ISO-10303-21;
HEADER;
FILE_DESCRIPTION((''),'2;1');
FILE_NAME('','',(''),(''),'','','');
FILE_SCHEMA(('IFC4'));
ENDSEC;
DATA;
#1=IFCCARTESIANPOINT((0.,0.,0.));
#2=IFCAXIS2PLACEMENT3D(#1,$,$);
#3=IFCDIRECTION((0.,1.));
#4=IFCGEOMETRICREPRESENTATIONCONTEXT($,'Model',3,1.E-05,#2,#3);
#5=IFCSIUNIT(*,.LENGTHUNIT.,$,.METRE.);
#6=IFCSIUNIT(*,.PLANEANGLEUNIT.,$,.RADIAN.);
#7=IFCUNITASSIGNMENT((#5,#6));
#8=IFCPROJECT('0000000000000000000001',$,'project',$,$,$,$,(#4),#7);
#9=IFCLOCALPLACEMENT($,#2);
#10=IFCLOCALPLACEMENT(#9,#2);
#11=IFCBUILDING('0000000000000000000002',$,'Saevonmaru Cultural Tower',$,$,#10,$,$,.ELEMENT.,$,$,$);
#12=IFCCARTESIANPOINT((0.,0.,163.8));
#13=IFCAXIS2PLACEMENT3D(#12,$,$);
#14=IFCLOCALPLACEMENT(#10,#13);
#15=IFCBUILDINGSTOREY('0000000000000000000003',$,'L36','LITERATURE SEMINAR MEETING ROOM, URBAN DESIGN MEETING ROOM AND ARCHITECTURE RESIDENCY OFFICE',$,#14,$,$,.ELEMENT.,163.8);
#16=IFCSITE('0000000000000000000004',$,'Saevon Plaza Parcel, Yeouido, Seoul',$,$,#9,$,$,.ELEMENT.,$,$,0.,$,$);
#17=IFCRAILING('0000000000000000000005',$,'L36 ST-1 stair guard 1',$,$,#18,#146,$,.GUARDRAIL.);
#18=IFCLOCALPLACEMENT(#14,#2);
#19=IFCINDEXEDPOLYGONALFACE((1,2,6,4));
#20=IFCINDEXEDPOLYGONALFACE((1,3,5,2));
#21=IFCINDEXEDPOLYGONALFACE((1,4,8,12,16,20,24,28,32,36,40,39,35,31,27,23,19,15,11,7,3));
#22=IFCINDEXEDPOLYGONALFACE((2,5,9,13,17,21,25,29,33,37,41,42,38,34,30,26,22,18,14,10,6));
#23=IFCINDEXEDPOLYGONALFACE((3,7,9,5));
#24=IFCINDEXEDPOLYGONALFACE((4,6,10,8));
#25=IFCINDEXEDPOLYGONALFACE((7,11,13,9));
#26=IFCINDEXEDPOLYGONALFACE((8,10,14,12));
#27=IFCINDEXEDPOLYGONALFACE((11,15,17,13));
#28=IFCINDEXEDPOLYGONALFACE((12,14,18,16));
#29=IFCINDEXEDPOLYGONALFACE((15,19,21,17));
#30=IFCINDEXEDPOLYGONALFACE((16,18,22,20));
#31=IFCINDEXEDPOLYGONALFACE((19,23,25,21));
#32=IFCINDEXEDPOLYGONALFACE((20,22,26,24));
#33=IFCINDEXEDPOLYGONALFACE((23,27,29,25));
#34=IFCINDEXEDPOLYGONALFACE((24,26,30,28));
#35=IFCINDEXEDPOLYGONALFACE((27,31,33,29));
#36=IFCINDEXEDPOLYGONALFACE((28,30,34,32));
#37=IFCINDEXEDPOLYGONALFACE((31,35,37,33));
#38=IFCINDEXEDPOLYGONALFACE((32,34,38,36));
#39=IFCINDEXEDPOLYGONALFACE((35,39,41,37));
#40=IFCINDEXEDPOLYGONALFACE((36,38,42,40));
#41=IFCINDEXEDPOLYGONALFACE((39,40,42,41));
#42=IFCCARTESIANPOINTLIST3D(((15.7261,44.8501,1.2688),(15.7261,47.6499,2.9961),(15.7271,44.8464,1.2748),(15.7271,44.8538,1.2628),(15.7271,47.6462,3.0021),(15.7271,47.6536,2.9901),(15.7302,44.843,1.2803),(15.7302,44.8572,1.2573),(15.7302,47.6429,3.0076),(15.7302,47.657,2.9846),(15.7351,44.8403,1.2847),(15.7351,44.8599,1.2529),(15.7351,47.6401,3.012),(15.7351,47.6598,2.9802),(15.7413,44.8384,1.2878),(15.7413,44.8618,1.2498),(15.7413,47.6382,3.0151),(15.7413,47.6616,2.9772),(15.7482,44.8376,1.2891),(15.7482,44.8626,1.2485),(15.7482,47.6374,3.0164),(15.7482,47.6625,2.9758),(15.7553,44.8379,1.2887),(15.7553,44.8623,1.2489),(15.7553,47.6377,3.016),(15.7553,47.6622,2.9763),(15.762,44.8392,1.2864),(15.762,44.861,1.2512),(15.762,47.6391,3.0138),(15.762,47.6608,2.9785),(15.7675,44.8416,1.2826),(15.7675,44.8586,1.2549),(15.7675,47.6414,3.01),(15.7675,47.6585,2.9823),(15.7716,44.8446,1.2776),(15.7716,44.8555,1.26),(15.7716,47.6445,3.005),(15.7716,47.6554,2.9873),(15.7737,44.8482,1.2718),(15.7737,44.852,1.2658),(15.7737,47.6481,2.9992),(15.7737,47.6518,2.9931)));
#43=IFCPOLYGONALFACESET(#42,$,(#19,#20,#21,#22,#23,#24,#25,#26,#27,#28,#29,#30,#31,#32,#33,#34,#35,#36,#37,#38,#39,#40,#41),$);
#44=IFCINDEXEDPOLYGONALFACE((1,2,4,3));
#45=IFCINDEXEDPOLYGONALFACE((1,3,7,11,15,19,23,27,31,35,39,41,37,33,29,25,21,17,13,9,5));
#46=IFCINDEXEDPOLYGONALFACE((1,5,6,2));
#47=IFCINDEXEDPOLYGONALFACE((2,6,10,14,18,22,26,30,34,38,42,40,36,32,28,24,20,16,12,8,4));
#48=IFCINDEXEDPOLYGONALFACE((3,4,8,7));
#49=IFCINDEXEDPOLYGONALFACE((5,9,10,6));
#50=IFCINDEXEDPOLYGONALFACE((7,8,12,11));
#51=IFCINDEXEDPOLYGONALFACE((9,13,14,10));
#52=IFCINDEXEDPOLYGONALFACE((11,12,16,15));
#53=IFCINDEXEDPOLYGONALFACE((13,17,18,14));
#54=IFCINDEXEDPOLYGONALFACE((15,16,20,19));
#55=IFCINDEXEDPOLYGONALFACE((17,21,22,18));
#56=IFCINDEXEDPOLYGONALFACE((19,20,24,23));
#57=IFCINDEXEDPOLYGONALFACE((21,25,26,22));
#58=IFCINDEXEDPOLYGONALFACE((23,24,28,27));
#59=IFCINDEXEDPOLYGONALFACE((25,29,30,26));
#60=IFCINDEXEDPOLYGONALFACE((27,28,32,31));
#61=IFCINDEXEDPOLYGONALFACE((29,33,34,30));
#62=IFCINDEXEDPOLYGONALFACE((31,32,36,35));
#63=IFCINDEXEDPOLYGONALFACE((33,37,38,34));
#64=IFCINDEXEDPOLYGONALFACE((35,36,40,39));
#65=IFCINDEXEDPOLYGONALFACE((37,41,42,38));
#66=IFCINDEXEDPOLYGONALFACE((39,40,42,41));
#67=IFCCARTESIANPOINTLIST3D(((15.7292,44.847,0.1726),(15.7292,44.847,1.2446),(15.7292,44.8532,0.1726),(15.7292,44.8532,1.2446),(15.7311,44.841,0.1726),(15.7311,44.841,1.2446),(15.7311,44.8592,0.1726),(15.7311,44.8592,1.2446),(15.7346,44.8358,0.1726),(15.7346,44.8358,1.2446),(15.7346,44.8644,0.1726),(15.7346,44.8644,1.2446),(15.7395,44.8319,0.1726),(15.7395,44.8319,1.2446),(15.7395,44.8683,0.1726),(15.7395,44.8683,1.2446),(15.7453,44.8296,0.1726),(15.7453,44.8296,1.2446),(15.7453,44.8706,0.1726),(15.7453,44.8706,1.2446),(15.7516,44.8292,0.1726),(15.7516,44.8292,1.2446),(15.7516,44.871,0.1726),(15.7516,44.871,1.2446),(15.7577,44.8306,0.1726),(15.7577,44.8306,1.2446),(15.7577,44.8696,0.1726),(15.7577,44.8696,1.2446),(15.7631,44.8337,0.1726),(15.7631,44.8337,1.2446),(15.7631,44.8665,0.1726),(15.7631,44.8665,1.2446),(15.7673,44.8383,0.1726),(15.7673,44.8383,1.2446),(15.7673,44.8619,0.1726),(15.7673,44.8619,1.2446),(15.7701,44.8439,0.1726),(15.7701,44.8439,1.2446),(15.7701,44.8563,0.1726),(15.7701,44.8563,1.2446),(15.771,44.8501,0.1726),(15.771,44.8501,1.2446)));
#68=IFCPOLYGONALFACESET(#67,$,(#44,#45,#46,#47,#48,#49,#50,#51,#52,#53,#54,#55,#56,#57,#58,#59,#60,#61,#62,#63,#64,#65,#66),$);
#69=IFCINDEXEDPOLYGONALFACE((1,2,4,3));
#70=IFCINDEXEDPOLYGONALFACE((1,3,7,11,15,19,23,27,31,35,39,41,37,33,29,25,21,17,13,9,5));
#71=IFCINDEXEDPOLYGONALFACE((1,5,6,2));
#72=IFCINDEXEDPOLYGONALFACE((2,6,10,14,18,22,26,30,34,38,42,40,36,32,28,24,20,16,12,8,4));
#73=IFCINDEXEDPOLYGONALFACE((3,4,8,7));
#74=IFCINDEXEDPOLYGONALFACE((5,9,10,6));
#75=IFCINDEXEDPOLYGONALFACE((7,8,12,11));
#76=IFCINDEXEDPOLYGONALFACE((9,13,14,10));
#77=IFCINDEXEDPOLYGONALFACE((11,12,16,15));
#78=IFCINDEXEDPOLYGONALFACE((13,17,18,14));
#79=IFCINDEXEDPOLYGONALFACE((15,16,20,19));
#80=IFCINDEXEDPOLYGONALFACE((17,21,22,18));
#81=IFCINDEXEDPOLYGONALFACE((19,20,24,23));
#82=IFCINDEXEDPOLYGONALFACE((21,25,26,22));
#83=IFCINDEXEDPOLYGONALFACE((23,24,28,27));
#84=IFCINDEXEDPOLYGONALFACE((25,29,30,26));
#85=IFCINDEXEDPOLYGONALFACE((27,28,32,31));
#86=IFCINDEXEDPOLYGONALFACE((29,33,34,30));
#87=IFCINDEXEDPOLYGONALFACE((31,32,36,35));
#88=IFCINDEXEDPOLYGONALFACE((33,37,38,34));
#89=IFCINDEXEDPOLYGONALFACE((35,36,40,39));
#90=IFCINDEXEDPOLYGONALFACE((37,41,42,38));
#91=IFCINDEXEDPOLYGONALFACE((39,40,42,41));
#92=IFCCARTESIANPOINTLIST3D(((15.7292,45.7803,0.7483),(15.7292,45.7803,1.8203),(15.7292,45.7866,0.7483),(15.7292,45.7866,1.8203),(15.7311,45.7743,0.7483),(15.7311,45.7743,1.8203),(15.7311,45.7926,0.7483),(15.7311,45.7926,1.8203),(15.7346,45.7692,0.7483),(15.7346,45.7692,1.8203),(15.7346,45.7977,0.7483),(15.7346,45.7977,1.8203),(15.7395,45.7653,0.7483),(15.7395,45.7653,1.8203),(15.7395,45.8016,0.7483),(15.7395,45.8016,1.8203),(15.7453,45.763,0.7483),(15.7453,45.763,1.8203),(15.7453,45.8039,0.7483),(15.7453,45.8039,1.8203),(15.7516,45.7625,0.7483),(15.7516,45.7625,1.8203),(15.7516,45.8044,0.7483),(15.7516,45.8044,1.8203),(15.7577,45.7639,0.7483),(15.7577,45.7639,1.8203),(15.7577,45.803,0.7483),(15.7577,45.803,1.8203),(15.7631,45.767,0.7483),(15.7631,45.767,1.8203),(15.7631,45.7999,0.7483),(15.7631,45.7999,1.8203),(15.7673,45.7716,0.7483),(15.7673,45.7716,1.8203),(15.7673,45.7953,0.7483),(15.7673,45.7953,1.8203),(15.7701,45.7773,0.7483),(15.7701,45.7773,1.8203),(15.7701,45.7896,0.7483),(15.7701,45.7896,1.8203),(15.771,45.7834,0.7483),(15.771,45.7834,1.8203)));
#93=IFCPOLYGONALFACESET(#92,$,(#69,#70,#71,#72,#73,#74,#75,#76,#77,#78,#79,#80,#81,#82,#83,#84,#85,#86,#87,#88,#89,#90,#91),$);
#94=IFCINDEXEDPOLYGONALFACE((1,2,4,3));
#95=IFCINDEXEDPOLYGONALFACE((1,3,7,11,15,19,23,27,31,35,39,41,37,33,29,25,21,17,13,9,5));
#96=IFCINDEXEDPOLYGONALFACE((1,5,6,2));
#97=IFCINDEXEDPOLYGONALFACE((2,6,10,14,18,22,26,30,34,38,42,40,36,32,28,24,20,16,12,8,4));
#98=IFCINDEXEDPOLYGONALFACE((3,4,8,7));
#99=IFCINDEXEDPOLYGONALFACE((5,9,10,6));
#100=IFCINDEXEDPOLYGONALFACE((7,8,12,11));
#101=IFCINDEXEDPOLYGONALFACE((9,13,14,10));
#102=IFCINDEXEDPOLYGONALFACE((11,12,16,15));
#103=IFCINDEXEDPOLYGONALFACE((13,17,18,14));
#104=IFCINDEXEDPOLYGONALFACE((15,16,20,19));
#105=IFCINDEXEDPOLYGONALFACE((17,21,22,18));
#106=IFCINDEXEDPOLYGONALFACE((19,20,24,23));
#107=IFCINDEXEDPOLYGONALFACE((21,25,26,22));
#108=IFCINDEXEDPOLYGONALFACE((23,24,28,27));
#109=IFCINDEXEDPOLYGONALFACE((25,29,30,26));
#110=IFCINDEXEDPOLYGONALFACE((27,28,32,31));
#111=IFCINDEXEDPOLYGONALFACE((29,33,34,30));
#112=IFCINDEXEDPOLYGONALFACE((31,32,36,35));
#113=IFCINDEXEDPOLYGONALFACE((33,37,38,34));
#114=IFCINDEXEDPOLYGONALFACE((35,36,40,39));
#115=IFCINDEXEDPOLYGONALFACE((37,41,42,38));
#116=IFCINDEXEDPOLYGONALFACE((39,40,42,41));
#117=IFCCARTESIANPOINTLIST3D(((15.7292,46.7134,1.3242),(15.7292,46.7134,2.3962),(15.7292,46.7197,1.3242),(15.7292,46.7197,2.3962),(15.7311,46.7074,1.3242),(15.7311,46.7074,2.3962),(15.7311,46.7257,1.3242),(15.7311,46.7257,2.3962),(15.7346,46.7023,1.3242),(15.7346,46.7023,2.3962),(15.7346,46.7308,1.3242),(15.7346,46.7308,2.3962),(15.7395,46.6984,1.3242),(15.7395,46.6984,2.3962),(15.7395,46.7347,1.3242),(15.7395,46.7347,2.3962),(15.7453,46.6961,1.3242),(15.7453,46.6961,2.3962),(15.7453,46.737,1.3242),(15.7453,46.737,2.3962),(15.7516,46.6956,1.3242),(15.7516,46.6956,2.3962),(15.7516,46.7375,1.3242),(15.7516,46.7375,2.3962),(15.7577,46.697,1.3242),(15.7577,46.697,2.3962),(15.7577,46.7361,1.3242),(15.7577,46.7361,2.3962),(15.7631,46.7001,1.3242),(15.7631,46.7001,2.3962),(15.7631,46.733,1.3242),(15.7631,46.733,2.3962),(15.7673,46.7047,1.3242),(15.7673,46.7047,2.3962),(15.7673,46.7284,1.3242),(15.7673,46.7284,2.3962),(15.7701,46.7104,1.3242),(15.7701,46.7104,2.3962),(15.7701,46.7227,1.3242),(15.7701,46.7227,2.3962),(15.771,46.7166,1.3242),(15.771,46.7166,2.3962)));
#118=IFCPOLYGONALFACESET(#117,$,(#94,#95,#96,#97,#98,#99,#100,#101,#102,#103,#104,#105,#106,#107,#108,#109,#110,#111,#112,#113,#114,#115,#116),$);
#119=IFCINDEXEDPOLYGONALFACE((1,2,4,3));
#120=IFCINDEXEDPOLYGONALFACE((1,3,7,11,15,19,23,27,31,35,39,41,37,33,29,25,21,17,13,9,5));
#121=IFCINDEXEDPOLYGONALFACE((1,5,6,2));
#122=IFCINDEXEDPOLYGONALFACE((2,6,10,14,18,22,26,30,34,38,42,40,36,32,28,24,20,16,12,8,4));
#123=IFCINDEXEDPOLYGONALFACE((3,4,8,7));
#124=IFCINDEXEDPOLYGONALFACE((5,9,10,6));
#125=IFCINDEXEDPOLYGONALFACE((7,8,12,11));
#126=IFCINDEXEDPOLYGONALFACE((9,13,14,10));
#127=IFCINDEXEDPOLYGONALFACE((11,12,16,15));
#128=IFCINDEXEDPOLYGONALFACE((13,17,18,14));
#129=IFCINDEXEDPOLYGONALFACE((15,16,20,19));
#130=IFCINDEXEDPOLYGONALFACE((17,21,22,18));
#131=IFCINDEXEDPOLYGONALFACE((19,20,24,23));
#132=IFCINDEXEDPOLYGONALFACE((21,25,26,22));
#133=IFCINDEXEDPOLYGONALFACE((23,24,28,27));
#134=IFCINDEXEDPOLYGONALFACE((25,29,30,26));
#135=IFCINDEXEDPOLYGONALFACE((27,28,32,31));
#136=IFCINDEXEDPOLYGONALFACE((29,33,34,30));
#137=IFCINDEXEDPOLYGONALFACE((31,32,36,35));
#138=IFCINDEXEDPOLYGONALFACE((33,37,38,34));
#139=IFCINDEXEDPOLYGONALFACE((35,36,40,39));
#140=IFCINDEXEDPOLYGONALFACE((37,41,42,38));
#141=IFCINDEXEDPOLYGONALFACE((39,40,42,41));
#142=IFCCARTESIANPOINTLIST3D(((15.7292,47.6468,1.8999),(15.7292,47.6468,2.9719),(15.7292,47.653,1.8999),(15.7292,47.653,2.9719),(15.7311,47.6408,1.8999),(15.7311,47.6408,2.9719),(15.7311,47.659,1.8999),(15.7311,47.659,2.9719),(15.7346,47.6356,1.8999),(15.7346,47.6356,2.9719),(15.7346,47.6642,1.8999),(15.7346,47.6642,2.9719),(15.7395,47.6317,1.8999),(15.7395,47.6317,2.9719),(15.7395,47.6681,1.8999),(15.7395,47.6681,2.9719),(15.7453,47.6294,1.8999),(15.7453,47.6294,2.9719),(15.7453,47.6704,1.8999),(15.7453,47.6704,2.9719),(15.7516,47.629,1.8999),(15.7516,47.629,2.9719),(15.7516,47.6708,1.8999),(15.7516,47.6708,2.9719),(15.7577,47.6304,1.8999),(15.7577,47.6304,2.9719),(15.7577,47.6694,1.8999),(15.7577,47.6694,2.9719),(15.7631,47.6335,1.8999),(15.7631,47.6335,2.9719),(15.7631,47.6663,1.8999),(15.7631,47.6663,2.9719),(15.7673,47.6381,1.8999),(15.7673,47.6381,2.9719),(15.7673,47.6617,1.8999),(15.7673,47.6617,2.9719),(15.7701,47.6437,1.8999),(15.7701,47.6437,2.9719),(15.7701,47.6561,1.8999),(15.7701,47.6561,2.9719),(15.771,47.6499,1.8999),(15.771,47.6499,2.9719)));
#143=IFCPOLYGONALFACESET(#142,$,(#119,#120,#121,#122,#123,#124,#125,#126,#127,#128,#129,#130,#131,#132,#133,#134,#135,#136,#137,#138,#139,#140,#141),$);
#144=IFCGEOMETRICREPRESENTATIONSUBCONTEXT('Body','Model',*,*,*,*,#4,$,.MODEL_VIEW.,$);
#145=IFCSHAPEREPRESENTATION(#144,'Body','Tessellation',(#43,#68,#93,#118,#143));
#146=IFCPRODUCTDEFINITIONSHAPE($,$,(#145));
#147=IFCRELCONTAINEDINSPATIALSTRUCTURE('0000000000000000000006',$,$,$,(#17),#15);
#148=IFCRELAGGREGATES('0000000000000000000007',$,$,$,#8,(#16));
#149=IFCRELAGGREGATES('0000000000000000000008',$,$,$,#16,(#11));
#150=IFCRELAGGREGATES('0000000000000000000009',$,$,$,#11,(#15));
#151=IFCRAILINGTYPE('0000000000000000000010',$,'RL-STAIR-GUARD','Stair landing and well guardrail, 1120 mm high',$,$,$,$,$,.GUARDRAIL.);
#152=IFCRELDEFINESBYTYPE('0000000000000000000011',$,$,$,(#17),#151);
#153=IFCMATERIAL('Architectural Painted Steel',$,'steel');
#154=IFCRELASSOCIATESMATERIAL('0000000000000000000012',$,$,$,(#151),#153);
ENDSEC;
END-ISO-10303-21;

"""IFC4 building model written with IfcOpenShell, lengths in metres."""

from ifc_helpers import new_model, si_unit, direction, frame, origin, origin_2d, place, context, subcontext, project, spatial, circle, extrude, material, type_object, element, save


model = new_model("IFC4")

# Units and contexts
model_context = context("Model", 3, precision=1e-05, world=origin(), true_north=direction((0.0, 1.0)))
body_context = subcontext(model_context, "Body", "Model", "MODEL_VIEW")
ifc_project = project(units=[si_unit("LENGTHUNIT", "METRE"), si_unit("PLANEANGLEUNIT", "RADIAN")], contexts=[model_context])

# Site, building, storey
site_placement = place(None, origin())
site = spatial("IfcSite", under=ifc_project, at=site_placement, Name="Saevon Plaza Parcel, Yeouido, Seoul", CompositionType="ELEMENT", RefElevation=0.0)
building_placement = place(site_placement, origin())
building = spatial("IfcBuilding", under=site, at=building_placement, Name="Saevonmaru Cultural Tower", CompositionType="ELEMENT")
storey_placement = place(building_placement, frame((0.0, 0.0, 163.8)))
storey = spatial("IfcBuildingStorey", under=building, at=storey_placement, Name="L36", Description="LITERATURE SEMINAR MEETING ROOM, URBAN DESIGN MEETING ROOM AND ARCHITECTURE RESIDENCY OFFICE", CompositionType="ELEMENT", Elevation=163.8)

# Railing
ifc_material_1 = material(Name="Architectural Painted Steel", Category="steel")
railing_type_1 = type_object("IfcRailingType", Name="RL-STAIR-GUARD", Description="Stair landing and well guardrail, 1120 mm high", PredefinedType="GUARDRAIL", material=ifc_material_1)
railing_1_placement = place(storey_placement, frame((15.75, 44.8501, 0.1726)))
element("IfcRailing", 1, at=railing_1_placement, inside=storey, type_object=railing_type_1, Name="L36 ST-1 stair guard 1", PredefinedType="GUARDRAIL", context=body_context, shape_type="SweptSolid", body=[
    extrude(circle(Radius=0.0239, at=origin_2d()), frame((0.0, 0.0, 1.0962), z_axis=(0.0, 0.851069, 0.525054), x_axis=(-1.0, 0.0, 0.0)), (0.0, 0.0, 1.0), 3.2898),
    extrude(circle(Radius=0.021, at=origin_2d()), origin(), (0.0, 0.0, 1.0), 1.072),
    extrude(circle(Radius=0.021, at=origin_2d()), frame((0.0, 0.9333, 0.5757)), (0.0, 0.0, 1.0), 1.072),
    extrude(circle(Radius=0.021, at=origin_2d()), frame((0.0, 1.8665, 1.1516)), (0.0, 0.0, 1.0), 1.072),
    extrude(circle(Radius=0.021, at=origin_2d()), frame((0.0, 2.7998, 1.7273)), (0.0, 0.0, 1.0), 1.072),
])

save(model, "model.ifc")
